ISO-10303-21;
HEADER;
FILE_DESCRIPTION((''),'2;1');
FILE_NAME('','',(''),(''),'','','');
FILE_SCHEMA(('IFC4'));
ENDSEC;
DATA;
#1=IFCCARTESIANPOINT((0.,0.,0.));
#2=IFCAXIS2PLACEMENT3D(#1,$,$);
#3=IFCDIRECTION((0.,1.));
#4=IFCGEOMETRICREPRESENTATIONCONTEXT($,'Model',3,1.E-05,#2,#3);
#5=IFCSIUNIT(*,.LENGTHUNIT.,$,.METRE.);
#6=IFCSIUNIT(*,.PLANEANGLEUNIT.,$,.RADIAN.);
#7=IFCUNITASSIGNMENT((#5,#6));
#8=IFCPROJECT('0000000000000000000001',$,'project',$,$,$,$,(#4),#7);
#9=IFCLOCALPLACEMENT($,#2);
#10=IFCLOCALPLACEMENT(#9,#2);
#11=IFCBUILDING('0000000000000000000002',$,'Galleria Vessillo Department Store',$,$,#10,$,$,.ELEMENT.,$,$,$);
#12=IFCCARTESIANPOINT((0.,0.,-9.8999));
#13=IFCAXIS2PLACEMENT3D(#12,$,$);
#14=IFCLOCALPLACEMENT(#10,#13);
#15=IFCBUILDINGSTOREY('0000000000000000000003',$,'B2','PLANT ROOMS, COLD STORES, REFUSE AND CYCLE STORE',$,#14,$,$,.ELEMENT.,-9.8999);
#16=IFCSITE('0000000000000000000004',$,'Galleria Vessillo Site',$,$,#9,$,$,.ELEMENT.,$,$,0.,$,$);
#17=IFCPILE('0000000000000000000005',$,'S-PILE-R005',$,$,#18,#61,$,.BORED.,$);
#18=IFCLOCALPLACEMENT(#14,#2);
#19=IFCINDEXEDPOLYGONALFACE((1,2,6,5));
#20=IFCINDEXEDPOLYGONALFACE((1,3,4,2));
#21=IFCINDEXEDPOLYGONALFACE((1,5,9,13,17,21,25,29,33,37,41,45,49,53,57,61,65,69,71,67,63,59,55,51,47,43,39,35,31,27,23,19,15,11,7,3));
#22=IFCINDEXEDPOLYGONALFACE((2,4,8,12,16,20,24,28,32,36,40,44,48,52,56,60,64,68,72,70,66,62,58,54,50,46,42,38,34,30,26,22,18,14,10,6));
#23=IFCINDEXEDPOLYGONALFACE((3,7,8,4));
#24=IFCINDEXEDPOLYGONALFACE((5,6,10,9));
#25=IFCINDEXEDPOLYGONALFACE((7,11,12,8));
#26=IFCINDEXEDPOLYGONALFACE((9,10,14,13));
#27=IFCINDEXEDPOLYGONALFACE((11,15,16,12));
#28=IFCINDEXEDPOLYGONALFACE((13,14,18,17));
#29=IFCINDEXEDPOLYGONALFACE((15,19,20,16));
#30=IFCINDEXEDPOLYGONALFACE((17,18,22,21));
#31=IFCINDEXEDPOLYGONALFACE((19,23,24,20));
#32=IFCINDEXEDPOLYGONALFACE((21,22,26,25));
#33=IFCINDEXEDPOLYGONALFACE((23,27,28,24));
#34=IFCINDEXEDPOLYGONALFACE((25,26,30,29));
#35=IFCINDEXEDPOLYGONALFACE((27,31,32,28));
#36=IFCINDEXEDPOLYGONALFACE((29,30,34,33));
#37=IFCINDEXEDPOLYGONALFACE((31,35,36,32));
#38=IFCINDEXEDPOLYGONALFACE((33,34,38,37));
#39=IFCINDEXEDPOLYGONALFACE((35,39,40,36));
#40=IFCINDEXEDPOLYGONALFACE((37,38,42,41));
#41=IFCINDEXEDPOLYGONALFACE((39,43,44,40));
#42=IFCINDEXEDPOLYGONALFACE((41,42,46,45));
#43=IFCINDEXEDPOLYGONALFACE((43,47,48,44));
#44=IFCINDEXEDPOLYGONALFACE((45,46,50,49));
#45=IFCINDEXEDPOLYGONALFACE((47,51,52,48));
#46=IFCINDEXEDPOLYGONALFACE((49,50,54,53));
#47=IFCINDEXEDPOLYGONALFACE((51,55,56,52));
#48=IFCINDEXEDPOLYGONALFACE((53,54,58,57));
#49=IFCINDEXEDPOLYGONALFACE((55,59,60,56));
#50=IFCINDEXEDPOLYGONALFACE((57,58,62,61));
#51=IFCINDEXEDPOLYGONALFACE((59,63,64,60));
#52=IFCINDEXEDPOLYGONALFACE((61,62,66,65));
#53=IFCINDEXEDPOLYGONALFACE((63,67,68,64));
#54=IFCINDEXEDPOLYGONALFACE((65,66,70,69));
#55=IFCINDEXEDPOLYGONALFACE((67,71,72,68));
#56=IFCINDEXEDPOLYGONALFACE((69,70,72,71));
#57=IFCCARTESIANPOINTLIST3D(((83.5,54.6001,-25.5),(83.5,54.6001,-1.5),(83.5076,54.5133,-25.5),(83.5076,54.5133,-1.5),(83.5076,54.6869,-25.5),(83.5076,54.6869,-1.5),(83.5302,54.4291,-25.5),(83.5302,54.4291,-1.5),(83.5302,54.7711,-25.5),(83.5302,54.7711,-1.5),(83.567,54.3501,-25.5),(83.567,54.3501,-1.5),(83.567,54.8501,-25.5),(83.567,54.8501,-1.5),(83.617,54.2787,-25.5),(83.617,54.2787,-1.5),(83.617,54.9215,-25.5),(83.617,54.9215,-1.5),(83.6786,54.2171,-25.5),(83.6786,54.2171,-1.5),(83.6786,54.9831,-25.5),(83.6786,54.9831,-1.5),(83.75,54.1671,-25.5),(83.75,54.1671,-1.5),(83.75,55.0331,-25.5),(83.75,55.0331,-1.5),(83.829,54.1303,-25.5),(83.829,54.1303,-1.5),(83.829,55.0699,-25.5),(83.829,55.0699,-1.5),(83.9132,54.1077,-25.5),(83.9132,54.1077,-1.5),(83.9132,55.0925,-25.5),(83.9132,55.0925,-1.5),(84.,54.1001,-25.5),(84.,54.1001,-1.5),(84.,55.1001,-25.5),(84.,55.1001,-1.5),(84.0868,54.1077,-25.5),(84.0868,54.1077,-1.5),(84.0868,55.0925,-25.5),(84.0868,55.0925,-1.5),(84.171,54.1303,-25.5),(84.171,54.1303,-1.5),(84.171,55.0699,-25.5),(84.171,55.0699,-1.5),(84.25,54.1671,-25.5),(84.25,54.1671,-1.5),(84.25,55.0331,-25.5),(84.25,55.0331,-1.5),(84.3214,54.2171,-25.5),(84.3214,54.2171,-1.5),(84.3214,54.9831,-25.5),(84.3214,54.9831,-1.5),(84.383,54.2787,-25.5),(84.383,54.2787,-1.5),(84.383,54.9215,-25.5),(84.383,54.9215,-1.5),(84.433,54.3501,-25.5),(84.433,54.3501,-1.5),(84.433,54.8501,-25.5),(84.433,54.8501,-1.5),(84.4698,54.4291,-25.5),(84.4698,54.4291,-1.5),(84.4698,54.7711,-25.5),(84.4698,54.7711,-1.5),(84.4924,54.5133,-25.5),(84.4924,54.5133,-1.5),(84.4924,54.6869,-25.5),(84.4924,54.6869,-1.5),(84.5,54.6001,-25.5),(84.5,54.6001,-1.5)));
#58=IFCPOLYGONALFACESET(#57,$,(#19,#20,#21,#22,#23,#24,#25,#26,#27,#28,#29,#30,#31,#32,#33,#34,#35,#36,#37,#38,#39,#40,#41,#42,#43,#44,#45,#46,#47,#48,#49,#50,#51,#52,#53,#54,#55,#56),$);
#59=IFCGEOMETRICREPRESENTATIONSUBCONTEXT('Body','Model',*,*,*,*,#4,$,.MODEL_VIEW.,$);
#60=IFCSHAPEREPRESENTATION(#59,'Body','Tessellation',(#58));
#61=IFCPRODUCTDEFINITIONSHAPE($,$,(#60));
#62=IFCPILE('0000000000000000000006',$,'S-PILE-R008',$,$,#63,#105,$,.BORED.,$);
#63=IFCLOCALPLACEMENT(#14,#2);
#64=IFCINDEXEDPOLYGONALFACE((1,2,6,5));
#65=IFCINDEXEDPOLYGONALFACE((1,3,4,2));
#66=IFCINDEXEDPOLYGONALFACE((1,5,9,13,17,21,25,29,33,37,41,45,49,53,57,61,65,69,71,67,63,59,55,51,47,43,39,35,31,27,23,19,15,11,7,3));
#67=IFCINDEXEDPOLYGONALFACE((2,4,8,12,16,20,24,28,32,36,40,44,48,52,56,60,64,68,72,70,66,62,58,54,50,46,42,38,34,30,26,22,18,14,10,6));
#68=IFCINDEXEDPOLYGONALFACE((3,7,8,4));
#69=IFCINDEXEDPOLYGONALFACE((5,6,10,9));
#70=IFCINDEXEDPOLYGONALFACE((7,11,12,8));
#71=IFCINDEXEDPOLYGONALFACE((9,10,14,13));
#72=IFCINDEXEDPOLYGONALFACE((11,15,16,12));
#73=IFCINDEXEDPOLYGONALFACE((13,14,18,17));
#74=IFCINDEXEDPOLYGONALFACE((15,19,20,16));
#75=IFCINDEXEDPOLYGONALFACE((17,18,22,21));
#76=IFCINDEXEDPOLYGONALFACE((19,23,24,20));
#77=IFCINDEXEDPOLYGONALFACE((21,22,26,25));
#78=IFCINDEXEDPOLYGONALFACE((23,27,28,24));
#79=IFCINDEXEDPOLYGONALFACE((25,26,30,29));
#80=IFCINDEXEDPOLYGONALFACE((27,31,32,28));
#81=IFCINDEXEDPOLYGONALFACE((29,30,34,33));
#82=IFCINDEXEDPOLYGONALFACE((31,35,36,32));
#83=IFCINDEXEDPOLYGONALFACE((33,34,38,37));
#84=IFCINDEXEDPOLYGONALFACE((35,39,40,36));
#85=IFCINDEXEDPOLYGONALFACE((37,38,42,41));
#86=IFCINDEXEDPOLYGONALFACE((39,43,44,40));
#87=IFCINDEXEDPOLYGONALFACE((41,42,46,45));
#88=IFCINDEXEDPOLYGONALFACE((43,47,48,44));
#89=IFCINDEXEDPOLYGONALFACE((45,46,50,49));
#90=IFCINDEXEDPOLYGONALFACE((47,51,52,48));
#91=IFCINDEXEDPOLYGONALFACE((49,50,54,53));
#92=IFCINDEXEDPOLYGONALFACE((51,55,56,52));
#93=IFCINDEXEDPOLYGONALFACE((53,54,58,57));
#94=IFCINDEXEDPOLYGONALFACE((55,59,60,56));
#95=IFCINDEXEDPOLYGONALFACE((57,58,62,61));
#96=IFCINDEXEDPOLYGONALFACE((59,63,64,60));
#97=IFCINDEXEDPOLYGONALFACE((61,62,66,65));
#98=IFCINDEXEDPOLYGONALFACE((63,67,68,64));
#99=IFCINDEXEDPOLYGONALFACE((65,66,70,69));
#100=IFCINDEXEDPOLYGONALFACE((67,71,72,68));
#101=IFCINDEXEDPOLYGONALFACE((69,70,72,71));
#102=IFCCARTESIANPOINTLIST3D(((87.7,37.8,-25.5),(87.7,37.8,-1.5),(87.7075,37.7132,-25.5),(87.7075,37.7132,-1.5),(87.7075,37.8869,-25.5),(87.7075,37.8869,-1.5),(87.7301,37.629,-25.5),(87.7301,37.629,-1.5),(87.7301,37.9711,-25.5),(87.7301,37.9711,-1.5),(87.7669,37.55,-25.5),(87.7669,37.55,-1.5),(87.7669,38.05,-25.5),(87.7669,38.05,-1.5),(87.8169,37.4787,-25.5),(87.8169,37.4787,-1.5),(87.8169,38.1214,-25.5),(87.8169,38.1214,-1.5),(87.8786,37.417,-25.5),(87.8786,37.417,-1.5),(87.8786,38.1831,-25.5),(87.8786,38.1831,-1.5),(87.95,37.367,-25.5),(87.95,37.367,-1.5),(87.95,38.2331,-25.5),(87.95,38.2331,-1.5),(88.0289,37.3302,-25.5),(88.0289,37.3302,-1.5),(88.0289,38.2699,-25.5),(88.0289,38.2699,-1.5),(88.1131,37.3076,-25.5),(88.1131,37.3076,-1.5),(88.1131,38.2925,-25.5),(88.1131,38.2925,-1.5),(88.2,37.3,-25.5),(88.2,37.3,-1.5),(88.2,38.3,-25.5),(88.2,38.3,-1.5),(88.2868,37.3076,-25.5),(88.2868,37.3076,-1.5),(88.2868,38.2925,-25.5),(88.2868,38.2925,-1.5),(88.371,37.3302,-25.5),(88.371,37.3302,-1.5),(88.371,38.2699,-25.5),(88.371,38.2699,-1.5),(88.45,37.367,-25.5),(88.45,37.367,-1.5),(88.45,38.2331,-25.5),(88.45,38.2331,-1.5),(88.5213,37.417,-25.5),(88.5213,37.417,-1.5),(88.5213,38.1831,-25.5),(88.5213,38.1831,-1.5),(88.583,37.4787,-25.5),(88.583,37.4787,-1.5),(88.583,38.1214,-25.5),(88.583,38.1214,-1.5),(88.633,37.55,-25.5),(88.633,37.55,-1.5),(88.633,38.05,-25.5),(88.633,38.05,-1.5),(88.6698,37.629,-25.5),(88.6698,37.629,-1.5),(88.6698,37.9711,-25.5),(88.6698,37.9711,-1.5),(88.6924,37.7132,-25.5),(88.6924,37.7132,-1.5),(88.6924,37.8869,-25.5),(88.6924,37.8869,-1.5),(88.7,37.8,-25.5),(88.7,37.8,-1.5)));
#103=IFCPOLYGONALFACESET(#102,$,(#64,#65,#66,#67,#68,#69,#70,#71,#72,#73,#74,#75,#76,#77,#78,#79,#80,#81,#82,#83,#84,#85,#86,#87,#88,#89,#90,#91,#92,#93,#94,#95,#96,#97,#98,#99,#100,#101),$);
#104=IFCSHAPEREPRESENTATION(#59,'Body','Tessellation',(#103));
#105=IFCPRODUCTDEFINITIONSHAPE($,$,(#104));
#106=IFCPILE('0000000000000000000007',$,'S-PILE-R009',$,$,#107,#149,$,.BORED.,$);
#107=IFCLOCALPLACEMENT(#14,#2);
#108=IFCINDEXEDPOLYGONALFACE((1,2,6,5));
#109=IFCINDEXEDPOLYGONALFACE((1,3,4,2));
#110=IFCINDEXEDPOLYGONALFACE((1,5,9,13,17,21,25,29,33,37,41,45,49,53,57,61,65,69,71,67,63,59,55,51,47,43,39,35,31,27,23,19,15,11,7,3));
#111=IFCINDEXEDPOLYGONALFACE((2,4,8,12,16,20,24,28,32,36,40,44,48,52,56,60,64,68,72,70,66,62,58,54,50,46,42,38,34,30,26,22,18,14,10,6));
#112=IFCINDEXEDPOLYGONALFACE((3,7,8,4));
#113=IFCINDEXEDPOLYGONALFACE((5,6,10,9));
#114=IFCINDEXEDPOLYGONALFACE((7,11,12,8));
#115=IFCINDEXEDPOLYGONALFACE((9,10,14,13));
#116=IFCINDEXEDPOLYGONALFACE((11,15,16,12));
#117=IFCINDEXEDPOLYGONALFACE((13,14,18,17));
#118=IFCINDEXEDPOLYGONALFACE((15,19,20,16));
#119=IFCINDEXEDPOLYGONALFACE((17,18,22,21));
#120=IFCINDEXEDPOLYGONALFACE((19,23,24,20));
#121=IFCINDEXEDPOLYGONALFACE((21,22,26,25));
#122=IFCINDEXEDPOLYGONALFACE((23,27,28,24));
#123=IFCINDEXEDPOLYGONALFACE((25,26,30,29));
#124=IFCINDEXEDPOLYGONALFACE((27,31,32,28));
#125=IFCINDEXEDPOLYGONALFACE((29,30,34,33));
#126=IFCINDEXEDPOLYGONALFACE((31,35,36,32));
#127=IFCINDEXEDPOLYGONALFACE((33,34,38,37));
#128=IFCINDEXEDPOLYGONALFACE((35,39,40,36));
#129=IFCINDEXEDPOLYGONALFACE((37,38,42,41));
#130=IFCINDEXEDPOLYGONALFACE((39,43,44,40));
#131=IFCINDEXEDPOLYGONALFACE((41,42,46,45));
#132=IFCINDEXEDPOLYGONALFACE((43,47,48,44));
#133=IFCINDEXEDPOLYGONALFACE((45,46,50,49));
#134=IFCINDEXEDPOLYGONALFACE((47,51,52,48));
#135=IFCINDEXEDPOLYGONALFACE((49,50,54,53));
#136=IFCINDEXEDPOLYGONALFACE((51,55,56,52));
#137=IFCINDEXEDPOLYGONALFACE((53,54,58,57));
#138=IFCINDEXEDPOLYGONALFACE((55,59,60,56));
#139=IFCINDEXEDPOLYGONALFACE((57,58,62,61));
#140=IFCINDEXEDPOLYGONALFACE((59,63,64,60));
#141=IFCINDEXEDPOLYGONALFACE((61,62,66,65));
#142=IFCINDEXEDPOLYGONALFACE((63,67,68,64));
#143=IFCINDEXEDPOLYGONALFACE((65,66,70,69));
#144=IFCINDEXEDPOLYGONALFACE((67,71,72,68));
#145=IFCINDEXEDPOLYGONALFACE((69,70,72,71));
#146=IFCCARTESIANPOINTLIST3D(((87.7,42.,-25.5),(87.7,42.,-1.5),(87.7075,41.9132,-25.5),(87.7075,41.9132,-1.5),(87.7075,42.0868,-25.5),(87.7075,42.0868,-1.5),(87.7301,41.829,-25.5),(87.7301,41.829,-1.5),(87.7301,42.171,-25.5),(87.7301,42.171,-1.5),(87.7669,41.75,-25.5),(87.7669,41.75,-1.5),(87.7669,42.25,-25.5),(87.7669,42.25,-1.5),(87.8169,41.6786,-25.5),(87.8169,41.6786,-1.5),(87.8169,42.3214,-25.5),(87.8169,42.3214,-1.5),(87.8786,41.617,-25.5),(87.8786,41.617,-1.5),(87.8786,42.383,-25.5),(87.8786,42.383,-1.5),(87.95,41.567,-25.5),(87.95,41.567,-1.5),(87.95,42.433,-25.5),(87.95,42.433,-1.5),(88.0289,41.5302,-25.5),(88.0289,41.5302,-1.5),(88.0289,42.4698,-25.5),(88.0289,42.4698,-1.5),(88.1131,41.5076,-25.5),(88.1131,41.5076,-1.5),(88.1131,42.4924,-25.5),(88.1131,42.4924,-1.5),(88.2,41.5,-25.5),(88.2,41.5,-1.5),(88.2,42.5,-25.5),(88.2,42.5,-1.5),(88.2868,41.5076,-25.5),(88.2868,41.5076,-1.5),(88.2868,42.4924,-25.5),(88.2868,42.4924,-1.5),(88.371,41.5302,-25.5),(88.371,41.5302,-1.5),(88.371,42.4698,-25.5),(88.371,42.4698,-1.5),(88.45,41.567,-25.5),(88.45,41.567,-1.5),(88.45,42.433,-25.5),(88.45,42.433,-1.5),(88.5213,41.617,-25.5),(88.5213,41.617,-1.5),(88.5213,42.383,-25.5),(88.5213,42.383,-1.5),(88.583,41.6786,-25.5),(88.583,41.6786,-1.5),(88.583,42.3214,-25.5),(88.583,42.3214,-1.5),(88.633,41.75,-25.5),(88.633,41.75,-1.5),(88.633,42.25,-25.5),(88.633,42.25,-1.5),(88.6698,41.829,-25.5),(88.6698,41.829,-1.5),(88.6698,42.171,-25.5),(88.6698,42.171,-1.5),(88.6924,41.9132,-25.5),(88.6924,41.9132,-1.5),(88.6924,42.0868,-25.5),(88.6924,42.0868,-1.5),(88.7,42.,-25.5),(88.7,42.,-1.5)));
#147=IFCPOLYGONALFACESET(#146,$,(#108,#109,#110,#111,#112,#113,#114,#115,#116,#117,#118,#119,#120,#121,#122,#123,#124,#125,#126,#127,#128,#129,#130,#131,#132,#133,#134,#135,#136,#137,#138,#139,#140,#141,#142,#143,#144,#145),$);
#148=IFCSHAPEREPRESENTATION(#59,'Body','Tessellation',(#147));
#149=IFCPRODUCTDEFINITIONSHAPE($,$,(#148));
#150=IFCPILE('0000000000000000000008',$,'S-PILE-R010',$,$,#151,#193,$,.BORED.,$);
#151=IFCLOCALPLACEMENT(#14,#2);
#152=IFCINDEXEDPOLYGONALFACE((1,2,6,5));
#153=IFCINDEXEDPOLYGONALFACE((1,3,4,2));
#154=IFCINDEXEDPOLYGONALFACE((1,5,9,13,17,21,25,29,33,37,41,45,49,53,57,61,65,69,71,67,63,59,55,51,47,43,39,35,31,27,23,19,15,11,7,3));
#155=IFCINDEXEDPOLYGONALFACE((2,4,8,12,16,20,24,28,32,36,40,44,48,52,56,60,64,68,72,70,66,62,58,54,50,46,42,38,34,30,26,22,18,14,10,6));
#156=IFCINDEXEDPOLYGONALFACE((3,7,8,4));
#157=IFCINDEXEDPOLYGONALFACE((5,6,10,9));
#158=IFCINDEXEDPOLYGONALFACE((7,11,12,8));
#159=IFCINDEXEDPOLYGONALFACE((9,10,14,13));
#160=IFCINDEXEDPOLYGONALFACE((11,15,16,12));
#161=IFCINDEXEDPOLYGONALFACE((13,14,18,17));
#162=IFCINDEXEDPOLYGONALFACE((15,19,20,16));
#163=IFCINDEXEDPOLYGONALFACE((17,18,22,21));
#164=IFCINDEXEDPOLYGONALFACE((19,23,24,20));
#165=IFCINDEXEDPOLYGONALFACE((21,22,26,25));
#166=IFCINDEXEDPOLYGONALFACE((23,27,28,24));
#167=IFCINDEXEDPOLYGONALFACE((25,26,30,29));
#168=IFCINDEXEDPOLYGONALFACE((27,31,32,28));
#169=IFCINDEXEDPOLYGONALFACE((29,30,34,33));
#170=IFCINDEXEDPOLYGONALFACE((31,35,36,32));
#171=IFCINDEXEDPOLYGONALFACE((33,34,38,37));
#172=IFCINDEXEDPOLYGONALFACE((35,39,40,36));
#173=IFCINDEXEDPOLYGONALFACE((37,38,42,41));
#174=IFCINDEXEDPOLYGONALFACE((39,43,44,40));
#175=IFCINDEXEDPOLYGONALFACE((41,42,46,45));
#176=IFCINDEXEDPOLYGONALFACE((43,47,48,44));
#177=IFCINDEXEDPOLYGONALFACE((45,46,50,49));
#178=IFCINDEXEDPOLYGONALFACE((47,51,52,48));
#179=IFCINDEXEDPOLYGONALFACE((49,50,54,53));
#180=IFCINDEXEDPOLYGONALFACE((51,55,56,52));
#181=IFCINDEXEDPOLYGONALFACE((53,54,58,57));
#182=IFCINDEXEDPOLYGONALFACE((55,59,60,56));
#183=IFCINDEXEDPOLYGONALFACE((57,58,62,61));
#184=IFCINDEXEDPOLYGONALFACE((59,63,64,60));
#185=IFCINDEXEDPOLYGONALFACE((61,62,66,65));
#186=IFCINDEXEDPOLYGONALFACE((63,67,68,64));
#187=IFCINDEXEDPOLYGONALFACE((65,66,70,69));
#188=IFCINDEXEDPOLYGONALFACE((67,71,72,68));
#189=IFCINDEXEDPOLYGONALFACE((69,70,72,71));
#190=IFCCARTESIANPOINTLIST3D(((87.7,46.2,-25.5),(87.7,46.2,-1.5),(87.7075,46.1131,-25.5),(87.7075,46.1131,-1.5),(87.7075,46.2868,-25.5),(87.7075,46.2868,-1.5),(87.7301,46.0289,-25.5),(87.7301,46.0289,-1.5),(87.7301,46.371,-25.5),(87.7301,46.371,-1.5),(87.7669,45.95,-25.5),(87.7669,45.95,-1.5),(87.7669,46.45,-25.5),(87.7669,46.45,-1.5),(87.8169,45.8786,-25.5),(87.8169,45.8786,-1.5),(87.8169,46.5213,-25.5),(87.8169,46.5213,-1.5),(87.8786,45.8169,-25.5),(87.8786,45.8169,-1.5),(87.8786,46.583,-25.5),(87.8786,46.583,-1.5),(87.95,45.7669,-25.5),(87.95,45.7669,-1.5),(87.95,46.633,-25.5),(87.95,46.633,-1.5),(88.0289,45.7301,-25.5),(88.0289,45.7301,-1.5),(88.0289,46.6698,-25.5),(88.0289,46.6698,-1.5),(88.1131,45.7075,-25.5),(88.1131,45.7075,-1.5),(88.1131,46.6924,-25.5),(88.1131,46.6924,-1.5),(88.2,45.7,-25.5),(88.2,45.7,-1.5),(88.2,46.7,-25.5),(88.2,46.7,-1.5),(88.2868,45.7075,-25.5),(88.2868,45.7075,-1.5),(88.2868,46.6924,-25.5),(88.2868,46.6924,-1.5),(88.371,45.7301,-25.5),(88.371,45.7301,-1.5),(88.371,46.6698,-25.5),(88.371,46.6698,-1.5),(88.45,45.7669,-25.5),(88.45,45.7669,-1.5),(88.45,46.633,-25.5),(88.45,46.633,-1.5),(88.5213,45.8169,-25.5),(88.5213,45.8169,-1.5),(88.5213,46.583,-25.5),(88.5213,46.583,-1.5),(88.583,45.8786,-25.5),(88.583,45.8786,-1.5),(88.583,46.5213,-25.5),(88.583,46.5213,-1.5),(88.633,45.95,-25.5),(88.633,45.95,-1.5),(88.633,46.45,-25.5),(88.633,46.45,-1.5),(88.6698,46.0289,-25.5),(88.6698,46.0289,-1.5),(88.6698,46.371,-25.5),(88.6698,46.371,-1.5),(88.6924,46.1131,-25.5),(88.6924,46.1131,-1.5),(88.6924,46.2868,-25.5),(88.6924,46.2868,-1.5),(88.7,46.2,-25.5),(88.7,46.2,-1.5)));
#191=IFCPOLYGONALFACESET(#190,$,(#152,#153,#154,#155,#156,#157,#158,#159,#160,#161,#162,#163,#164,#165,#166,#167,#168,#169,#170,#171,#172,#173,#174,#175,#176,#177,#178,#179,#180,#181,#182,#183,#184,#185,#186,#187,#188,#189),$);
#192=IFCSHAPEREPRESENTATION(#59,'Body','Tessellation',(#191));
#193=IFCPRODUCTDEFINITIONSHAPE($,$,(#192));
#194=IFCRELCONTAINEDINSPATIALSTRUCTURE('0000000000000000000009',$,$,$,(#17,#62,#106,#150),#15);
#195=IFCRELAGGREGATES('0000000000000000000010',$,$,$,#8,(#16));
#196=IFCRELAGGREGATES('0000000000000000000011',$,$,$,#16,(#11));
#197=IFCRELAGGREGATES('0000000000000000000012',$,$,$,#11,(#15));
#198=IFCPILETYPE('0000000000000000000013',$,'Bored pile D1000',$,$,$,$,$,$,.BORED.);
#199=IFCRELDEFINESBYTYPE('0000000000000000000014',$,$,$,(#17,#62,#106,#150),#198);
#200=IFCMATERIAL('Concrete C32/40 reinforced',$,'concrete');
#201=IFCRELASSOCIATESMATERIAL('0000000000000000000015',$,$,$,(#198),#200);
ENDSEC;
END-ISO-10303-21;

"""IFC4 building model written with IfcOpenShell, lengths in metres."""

from ifc_helpers import new_model, si_unit, direction, frame, origin, origin_2d, place, context, subcontext, project, spatial, circle, extrude, material, material_profile, profile_set, type_object, element, save


model = new_model("IFC4")

# Units and contexts
model_context = context("Model", 3, precision=1e-05, world=origin(), true_north=direction((0.0, 1.0)))
body_context = subcontext(model_context, "Body", "Model", "MODEL_VIEW")
ifc_project = project(units=[si_unit("LENGTHUNIT", "METRE"), si_unit("PLANEANGLEUNIT", "RADIAN")], contexts=[model_context])

# Site, building, storey
site_placement = place(None, origin())
site = spatial("IfcSite", under=ifc_project, at=site_placement, Name="Galleria Vessillo Site", CompositionType="ELEMENT", RefElevation=0.0)
building_placement = place(site_placement, origin())
building = spatial("IfcBuilding", under=site, at=building_placement, Name="Galleria Vessillo Department Store", CompositionType="ELEMENT")
storey_placement = place(building_placement, frame((0.0, 0.0, -9.8999)))
storey = spatial("IfcBuildingStorey", under=building, at=storey_placement, Name="B2", Description="PLANT ROOMS, COLD STORES, REFUSE AND CYCLE STORE", CompositionType="ELEMENT", Elevation=-9.8999)

# Piles
ifc_material_1 = material(Name="Concrete C32/40 reinforced", Category="concrete")
ifc_material_profile_1 = material_profile(ifc_material_1, circle(Radius=0.5, at=origin_2d()), Name="Bored pile D1000")
ifc_profile_set_1 = profile_set([ifc_material_profile_1], Name="Concrete C32/40 reinforced")
pile_type = type_object("IfcPileType", Name="Bored pile D1000", PredefinedType="BORED", material=ifc_profile_set_1)
for number, where, z_axis, x_axis, name in (
    (1, (84.0, 54.6001, -1.5), (0.0, 0.0, -1.0), (1.0, 0.0, 0.0), "S-PILE-R005"),
    (2, (88.2, 37.8, -1.5), (0.0, 0.0, -1.0), (1.0, 0.0, 0.0), "S-PILE-R008"),
    (3, (88.2, 42.0, -1.5), (0.0, 0.0, -1.0), (1.0, 0.0, 0.0), "S-PILE-R009"),
    (4, (88.2, 46.2, -1.5), (0.0, 0.0, -1.0), (1.0, 0.0, 0.0), "S-PILE-R010"),
):
    element("IfcPile", number, at=place(storey_placement, frame(where, z_axis=z_axis, x_axis=x_axis)), inside=storey, type_object=pile_type, Name=name, PredefinedType="BORED", context=body_context, shape_type="SweptSolid", body=[
        extrude(circle(Radius=0.5, at=origin_2d()), origin(), (0.0, 0.0, 1.0), 24.0),
    ])

save(model, "model.ifc")
